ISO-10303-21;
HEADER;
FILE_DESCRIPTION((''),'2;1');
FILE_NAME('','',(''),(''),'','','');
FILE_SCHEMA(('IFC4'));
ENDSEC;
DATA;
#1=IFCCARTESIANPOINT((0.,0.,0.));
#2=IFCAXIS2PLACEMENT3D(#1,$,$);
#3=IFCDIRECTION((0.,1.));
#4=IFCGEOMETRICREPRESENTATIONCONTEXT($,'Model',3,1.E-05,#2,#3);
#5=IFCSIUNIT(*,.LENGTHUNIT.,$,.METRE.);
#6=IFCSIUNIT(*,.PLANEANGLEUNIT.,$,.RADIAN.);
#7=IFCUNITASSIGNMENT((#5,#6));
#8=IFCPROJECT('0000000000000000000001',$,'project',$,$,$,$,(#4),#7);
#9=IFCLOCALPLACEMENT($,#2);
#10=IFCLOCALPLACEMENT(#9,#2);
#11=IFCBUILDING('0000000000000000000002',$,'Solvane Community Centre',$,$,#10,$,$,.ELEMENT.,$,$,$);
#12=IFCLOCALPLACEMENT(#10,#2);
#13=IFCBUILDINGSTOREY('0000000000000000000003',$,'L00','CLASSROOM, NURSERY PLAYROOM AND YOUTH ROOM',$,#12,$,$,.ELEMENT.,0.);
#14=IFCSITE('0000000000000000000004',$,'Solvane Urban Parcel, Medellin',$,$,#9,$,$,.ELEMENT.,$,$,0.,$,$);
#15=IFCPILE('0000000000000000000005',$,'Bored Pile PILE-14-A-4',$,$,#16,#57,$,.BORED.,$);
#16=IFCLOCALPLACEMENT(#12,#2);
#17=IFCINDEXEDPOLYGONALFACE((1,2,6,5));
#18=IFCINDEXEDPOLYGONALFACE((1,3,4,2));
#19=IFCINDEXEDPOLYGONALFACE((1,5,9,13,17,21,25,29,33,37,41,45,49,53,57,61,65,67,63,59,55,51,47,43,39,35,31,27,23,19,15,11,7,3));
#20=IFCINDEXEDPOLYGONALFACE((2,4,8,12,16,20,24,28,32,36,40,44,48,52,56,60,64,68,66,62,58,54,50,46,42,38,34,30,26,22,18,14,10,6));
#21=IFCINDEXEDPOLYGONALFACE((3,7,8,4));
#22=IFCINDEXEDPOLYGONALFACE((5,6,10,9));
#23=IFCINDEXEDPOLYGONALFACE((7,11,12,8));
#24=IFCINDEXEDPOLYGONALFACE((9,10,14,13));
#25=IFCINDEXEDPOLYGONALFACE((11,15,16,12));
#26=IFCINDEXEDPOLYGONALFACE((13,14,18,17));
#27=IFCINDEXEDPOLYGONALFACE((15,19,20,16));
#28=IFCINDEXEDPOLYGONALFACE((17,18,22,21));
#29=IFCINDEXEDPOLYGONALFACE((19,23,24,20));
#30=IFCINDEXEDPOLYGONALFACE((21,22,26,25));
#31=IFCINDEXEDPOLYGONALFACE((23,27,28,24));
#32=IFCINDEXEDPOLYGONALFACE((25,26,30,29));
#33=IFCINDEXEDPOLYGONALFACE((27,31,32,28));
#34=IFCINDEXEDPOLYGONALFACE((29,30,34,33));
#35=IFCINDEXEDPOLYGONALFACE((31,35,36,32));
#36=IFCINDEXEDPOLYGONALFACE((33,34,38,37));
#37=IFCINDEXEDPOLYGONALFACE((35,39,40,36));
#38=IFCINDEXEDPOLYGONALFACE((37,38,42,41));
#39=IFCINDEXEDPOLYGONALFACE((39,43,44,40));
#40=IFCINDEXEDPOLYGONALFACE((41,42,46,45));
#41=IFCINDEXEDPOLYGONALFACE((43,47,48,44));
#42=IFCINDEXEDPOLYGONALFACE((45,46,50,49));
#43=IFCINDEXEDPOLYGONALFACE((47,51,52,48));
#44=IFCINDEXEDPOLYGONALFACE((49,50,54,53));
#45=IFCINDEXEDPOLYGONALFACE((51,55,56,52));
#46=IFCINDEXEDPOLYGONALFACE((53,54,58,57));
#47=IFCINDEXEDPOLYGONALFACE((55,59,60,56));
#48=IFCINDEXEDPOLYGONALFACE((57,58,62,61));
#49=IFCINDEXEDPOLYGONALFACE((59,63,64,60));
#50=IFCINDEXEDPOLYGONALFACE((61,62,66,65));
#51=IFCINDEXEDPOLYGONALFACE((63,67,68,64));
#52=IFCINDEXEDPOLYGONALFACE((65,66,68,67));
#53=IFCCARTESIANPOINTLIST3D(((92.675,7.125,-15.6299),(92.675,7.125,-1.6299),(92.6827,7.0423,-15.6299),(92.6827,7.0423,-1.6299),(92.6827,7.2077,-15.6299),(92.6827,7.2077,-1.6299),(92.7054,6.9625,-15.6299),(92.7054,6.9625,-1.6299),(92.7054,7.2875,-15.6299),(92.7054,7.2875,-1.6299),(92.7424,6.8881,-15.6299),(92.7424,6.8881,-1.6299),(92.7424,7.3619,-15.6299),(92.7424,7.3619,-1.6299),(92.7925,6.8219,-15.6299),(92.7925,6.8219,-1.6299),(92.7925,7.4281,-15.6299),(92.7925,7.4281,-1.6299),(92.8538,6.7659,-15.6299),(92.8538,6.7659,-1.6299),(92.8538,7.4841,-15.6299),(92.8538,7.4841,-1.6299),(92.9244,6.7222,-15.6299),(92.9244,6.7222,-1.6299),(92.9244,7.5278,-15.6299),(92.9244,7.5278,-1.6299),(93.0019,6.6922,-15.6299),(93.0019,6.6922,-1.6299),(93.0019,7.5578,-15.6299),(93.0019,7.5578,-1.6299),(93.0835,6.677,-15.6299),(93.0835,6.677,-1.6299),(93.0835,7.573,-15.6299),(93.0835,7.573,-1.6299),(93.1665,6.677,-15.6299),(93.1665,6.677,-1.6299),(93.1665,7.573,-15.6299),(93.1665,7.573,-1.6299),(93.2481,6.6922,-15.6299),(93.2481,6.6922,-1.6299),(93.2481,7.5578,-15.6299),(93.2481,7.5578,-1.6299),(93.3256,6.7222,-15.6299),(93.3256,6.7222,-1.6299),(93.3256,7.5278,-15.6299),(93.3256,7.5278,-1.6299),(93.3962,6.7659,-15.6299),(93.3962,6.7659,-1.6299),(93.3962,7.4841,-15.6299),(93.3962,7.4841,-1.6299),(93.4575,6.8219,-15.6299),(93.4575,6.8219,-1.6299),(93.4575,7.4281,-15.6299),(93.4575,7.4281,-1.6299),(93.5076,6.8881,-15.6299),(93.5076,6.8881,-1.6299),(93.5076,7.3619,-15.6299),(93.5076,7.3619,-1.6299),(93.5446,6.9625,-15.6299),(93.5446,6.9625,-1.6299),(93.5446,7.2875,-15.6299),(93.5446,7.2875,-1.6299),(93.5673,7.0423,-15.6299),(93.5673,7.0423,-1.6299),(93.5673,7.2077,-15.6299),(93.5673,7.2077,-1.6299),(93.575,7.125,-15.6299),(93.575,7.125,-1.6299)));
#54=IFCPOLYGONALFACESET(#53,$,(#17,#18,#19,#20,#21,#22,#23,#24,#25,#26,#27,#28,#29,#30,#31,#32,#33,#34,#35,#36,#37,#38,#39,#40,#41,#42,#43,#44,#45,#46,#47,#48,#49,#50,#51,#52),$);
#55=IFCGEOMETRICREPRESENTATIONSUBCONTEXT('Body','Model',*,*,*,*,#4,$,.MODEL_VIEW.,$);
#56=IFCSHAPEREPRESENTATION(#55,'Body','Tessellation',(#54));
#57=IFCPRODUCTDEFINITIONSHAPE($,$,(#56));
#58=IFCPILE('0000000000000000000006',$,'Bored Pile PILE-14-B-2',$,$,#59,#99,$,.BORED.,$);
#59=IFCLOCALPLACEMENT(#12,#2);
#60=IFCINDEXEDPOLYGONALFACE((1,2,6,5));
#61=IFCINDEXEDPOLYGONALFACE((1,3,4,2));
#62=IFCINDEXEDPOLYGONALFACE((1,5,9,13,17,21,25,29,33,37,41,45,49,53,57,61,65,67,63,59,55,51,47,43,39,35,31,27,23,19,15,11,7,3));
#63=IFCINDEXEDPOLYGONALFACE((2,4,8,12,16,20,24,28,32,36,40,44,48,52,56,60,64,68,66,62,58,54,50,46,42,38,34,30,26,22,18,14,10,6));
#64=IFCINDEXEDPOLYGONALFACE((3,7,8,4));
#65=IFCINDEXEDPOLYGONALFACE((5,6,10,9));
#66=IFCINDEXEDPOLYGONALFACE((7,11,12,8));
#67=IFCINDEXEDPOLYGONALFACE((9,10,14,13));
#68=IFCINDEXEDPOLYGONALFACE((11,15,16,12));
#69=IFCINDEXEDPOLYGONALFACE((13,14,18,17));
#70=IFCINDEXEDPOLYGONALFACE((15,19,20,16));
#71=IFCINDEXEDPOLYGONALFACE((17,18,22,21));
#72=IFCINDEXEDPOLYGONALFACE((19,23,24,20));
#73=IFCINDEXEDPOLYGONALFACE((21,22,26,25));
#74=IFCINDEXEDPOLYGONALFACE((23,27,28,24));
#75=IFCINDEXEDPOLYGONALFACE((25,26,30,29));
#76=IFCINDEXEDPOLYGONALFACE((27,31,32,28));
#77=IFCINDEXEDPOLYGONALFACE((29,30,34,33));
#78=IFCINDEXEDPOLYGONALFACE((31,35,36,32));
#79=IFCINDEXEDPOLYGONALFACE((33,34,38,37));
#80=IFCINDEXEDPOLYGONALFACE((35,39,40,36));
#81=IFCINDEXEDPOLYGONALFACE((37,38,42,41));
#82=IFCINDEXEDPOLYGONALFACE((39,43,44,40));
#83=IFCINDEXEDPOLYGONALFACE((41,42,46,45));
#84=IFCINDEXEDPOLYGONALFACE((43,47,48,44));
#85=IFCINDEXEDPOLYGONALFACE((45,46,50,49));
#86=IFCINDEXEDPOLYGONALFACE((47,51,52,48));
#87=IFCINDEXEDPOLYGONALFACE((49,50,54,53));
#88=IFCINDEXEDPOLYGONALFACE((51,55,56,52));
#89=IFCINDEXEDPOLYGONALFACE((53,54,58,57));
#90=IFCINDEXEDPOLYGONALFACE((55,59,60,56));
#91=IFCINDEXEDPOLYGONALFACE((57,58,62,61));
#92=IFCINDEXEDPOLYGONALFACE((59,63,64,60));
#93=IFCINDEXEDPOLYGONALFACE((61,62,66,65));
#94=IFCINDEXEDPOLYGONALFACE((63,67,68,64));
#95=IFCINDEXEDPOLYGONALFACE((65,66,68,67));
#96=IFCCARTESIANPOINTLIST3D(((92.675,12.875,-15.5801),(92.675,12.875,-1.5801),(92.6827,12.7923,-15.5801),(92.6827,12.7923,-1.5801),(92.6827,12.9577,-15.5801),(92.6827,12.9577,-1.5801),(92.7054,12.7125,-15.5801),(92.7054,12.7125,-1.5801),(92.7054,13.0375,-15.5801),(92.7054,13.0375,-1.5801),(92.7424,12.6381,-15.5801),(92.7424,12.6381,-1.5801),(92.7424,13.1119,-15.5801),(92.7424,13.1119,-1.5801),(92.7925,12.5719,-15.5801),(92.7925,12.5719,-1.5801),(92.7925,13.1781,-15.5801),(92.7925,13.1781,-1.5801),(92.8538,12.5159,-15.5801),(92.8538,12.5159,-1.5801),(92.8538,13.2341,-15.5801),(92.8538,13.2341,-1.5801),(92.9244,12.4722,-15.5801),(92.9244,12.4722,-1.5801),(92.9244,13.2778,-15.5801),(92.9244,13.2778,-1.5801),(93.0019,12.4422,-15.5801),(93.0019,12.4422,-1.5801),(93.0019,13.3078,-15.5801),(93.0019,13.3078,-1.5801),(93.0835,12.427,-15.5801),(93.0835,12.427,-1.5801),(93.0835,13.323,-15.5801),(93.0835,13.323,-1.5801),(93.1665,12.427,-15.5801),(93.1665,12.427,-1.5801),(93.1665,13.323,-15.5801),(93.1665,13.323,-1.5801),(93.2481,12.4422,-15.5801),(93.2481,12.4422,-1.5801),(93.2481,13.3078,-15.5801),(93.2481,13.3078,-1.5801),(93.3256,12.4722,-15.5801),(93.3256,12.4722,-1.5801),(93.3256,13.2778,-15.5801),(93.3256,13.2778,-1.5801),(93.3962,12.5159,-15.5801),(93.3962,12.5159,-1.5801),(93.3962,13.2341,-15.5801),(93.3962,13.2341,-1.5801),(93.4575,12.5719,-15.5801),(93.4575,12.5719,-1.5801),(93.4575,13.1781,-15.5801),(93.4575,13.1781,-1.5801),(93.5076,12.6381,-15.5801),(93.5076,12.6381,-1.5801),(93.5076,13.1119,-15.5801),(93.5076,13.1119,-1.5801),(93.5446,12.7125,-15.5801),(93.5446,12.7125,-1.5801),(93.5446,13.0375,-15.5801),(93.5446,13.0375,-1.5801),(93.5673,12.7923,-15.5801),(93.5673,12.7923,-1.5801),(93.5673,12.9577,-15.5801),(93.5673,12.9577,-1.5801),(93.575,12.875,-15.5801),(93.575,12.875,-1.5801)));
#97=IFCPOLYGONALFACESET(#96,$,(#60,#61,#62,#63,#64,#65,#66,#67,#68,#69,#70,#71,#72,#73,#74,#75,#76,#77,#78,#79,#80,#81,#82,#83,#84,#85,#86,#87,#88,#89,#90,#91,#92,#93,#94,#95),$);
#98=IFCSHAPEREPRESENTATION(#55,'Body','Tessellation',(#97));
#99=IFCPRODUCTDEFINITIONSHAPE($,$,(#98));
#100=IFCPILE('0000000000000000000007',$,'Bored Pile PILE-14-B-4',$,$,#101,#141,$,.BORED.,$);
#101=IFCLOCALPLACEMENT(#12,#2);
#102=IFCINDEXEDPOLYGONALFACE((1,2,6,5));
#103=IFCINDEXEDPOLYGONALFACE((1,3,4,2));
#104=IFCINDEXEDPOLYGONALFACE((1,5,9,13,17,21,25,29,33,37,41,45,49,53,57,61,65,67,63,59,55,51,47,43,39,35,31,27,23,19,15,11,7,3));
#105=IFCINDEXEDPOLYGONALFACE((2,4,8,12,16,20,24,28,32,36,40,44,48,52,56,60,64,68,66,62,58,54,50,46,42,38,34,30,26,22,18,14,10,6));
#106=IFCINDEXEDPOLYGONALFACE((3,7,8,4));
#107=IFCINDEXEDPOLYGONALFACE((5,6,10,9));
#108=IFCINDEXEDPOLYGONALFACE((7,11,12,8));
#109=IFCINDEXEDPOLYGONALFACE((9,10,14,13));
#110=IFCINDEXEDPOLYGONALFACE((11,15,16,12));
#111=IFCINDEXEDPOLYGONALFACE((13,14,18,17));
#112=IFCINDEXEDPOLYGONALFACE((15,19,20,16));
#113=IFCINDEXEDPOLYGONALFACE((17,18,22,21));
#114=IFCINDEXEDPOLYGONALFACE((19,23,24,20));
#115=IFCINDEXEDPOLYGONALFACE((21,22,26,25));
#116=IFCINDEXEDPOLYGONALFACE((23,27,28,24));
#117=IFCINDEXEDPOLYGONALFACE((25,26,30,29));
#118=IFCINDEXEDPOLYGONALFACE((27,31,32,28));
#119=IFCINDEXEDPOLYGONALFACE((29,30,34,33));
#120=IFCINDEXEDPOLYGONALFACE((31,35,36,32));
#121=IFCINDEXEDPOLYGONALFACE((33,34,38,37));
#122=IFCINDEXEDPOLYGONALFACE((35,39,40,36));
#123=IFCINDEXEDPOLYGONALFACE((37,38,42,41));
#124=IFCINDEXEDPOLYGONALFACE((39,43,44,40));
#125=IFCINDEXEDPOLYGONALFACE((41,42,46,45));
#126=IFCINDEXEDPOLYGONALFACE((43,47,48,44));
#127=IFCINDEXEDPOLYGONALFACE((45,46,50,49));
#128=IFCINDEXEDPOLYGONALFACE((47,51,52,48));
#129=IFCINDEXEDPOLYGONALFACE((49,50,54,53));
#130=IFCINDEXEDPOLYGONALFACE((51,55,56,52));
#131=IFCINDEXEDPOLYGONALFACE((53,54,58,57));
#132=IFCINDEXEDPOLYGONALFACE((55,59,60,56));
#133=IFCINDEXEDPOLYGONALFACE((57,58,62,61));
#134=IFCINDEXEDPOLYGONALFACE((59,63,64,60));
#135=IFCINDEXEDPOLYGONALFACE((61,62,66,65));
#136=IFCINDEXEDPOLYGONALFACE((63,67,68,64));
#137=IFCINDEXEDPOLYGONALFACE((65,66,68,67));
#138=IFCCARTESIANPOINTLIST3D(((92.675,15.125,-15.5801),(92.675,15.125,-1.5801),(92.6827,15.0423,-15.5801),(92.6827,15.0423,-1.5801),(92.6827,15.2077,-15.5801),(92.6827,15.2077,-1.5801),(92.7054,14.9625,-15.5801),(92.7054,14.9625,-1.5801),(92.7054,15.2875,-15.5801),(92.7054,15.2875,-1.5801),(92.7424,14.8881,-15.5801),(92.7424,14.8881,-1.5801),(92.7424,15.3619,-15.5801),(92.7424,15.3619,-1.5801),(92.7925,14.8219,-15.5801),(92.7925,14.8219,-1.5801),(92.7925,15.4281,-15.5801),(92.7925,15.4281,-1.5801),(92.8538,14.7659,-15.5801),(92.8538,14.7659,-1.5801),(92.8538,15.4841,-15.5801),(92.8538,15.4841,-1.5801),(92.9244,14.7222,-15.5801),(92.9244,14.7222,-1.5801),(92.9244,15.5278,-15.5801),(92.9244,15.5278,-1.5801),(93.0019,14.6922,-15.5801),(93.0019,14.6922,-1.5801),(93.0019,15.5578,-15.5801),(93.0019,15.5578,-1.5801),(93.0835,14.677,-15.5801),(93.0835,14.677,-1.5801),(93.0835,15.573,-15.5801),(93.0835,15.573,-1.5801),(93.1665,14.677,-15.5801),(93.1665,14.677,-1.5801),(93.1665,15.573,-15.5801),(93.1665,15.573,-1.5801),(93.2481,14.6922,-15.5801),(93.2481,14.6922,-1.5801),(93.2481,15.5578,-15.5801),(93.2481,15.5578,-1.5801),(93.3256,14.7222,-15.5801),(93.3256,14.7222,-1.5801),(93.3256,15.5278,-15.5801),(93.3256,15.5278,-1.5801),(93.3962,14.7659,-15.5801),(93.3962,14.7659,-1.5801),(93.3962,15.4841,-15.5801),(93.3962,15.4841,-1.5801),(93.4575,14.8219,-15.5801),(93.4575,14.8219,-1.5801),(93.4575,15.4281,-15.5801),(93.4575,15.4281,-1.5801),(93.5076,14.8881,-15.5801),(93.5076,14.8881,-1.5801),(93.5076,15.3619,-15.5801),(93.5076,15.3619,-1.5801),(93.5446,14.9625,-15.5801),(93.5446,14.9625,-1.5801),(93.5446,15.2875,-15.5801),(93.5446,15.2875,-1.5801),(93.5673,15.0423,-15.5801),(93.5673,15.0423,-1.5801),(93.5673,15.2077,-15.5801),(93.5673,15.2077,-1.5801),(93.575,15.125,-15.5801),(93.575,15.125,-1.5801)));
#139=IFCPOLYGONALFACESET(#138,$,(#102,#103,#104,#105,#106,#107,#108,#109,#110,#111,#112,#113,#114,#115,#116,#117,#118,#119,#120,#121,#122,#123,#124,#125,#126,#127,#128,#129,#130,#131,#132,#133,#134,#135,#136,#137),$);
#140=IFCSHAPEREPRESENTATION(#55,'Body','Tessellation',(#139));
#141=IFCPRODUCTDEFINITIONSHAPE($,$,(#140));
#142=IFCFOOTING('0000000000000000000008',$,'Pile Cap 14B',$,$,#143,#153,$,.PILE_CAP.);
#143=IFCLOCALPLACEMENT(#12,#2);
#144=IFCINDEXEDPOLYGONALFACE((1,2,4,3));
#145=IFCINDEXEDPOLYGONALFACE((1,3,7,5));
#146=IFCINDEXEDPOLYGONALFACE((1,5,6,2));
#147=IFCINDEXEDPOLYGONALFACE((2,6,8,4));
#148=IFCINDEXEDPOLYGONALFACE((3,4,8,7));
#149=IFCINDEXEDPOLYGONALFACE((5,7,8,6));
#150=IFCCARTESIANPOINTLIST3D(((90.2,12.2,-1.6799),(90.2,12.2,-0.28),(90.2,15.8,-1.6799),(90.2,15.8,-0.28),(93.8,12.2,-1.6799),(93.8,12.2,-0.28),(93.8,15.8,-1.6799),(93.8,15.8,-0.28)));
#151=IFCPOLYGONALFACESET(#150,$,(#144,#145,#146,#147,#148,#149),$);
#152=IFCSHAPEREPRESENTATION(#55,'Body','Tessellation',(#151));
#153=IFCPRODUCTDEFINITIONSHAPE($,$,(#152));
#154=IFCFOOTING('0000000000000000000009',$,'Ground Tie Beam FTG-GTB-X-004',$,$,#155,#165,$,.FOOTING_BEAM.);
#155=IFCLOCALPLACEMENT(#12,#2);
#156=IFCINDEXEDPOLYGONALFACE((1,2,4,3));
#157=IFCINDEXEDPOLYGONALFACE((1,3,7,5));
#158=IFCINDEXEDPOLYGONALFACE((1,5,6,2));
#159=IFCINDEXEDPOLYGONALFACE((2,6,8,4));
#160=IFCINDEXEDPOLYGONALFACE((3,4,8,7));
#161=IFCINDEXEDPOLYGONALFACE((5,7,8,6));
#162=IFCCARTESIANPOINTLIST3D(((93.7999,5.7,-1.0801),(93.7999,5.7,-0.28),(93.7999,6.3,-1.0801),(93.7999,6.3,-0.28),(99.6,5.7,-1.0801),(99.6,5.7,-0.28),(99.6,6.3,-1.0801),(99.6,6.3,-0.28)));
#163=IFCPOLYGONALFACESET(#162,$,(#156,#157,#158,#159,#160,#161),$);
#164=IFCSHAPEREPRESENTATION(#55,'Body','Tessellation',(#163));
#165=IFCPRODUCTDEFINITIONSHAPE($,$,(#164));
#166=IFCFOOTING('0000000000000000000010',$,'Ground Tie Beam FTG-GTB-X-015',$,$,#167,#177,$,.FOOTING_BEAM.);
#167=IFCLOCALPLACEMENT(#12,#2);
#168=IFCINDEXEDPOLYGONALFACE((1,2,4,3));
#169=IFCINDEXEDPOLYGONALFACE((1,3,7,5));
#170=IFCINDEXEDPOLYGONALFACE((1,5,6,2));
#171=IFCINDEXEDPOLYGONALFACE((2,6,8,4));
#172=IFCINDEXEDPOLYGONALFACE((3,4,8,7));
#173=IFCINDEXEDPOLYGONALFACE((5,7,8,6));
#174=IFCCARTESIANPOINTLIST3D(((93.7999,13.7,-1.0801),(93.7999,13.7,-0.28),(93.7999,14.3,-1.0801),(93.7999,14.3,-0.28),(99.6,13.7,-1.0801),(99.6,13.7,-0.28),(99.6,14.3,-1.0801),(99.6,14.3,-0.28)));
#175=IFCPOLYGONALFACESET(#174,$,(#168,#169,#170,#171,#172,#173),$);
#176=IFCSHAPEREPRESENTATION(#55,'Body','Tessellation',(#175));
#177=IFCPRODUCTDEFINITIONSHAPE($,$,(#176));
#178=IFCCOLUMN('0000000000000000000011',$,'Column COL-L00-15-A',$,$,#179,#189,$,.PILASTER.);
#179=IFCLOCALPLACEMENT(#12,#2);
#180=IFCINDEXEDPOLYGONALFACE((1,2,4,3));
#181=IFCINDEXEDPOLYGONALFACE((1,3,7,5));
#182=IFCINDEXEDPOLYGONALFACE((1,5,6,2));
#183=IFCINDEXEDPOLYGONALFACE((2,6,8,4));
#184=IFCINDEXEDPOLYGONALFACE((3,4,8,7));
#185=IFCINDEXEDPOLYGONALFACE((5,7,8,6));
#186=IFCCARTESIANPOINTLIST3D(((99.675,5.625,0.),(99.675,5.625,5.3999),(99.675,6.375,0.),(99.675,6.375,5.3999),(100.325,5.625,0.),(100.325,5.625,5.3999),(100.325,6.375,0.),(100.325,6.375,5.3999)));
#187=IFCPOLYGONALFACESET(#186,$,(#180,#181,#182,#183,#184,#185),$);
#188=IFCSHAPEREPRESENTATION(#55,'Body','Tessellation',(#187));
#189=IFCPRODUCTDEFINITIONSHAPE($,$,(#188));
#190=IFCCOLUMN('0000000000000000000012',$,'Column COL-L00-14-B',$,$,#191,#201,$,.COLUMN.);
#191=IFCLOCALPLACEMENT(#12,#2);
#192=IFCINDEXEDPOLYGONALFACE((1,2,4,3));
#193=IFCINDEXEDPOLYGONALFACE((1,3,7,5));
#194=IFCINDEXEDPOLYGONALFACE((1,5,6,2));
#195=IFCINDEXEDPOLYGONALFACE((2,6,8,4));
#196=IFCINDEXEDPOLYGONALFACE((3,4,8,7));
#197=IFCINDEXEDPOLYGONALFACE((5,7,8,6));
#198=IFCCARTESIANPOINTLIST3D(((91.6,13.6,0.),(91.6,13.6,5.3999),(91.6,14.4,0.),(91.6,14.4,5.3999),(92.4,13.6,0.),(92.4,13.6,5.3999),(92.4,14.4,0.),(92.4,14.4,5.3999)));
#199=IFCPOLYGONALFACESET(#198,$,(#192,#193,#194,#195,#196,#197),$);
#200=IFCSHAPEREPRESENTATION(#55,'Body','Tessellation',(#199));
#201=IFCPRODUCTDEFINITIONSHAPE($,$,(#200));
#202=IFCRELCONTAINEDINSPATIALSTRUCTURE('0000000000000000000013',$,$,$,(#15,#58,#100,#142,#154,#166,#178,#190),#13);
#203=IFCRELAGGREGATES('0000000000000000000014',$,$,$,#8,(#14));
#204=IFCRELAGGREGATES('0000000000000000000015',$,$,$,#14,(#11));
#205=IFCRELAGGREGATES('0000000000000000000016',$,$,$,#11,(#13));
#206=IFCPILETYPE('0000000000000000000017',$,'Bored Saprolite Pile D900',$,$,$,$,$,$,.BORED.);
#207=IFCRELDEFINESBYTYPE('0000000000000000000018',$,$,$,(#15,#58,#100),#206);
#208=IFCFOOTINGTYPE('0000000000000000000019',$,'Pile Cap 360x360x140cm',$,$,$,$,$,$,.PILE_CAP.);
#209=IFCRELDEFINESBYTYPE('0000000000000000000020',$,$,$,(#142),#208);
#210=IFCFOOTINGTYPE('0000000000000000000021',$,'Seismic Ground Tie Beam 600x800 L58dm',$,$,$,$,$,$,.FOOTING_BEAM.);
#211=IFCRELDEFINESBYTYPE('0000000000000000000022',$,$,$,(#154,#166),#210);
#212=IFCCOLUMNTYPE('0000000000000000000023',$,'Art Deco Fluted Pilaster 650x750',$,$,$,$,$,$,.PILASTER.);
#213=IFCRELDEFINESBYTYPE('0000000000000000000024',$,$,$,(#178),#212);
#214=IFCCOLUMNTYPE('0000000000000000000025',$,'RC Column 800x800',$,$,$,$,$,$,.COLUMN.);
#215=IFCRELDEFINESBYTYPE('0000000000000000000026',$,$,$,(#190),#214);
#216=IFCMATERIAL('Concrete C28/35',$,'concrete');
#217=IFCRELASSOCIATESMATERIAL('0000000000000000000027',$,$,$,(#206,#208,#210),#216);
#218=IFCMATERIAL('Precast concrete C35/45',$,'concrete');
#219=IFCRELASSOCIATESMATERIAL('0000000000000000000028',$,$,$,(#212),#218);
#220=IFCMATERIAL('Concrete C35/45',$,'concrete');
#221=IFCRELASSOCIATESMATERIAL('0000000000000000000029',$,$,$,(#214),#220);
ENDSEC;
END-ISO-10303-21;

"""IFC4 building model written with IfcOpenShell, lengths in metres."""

from ifc_helpers import new_model, si_unit, direction, frame, origin, origin_2d, place, context, subcontext, project, spatial, rectangle, circle, extrude, material, material_profile, profile_set, type_object, element, save


model = new_model("IFC4")

# Units and contexts
model_context = context("Model", 3, precision=1e-05, world=origin(), true_north=direction((0.0, 1.0)))
body_context = subcontext(model_context, "Body", "Model", "MODEL_VIEW")
ifc_project = project(units=[si_unit("LENGTHUNIT", "METRE"), si_unit("PLANEANGLEUNIT", "RADIAN")], contexts=[model_context])

# Site, building, storey
site_placement = place(None, origin())
site = spatial("IfcSite", under=ifc_project, at=site_placement, Name="Solvane Urban Parcel, Medellin", CompositionType="ELEMENT", RefElevation=0.0)
building_placement = place(site_placement, origin())
building = spatial("IfcBuilding", under=site, at=building_placement, Name="Solvane Community Centre", CompositionType="ELEMENT")
storey_placement = place(building_placement, origin())
storey = spatial("IfcBuildingStorey", under=building, at=storey_placement, Name="L00", Description="CLASSROOM, NURSERY PLAYROOM AND YOUTH ROOM", CompositionType="ELEMENT", Elevation=0.0)

# Piles
ifc_material_1 = material(Name="Concrete C28/35", Category="concrete")
ifc_material_profile_1 = material_profile(ifc_material_1, circle(Radius=0.45, at=origin_2d()), Name="PILE D900")
ifc_profile_set_1 = profile_set([ifc_material_profile_1], Name="Concrete C28/35")
pile_type_1 = type_object("IfcPileType", Name="Bored Saprolite Pile D900", PredefinedType="BORED", material=ifc_profile_set_1)
for number, where, z_axis, x_axis, name in (
    (1, (93.125, 7.125, -1.6299), (0.0, 0.0, -1.0), (1.0, 0.0, 0.0), "Bored Pile PILE-14-A-4"),
    (2, (93.125, 12.875, -1.5801), (0.0, 0.0, -1.0), (1.0, 0.0, 0.0), "Bored Pile PILE-14-B-2"),
    (3, (93.125, 15.125, -1.5801), (0.0, 0.0, -1.0), (1.0, 0.0, 0.0), "Bored Pile PILE-14-B-4"),
):
    element("IfcPile", number, at=place(storey_placement, frame(where, z_axis=z_axis, x_axis=x_axis)), inside=storey, type_object=pile_type_1, Name=name, PredefinedType="BORED", context=body_context, shape_type="SweptSolid", body=[
        extrude(circle(Radius=0.45, at=origin_2d()), origin(), (0.0, 0.0, 1.0), 14.0),
    ])

# Footings
footing_type_1 = type_object("IfcFootingType", Name="Pile Cap 360x360x140cm", PredefinedType="PILE_CAP", material=ifc_material_1)
footing_placement = place(storey_placement, frame((92.0, 14.0, -1.6799), z_axis=(0.0, 0.0, 1.0), x_axis=(1.0, 0.0, 0.0)))
element("IfcFooting", 4, at=footing_placement, inside=storey, type_object=footing_type_1, Name="Pile Cap 14B", PredefinedType="PILE_CAP", context=body_context, shape_type="SweptSolid", body=[
    extrude(rectangle(XDim=3.6001, YDim=3.6001, at=origin_2d()), origin(), (0.0, 0.0, 1.0), 1.3999),
])
footing_type_2 = type_object("IfcFootingType", Name="Seismic Ground Tie Beam 600x800 L58dm", PredefinedType="FOOTING_BEAM", material=ifc_material_1)
for number, where, z_axis, x_axis, name in (
    (5, (96.7, 6.0, -1.0801), (0.0, 0.0, 1.0), (1.0, 0.0, 0.0), "Ground Tie Beam FTG-GTB-X-004"),
    (6, (96.7, 14.0, -1.0801), (0.0, 0.0, 1.0), (1.0, 0.0, 0.0), "Ground Tie Beam FTG-GTB-X-015"),
):
    element("IfcFooting", number, at=place(storey_placement, frame(where, z_axis=z_axis, x_axis=x_axis)), inside=storey, type_object=footing_type_2, Name=name, PredefinedType="FOOTING_BEAM", context=body_context, shape_type="SweptSolid", body=[
        extrude(rectangle(XDim=5.8, YDim=0.6001, at=origin_2d()), origin(), (0.0, 0.0, 1.0), 0.8),
    ])

# Columns
ifc_material_2 = material(Name="Precast concrete C35/45", Category="concrete")
ifc_material_profile_2 = material_profile(ifc_material_2, rectangle(XDim=0.6499, YDim=0.75, at=origin_2d()), Name="RC 650x750")
ifc_profile_set_2 = profile_set([ifc_material_profile_2], Name="Precast concrete C35/45")
column_type_1 = type_object("IfcColumnType", Name="Art Deco Fluted Pilaster 650x750", PredefinedType="PILASTER", material=ifc_profile_set_2)
column_placement = place(storey_placement, frame((100.0, 6.0, 0.0), z_axis=(0.0, 0.0, 1.0), x_axis=(1.0, 0.0, 0.0)))
element("IfcColumn", 7, at=column_placement, inside=storey, type_object=column_type_1, Name="Column COL-L00-15-A", PredefinedType="PILASTER", context=body_context, shape_type="SweptSolid", body=[
    extrude(rectangle(XDim=0.6499, YDim=0.75, at=origin_2d()), origin(), (0.0, 0.0, 1.0), 5.3999),
])
ifc_material_3 = material(Name="Concrete C35/45", Category="concrete")
ifc_material_profile_3 = material_profile(ifc_material_3, rectangle(XDim=0.8, YDim=0.8, at=origin_2d()), Name="RC 800x800")
ifc_profile_set_3 = profile_set([ifc_material_profile_3], Name="Concrete C35/45")
column_type_2 = type_object("IfcColumnType", Name="RC Column 800x800", PredefinedType="COLUMN", material=ifc_profile_set_3)
for number, where, z_axis, x_axis, name in (
    (8, (92.0, 14.0, 0.0), (0.0, 0.0, 1.0), (1.0, 0.0, 0.0), "Column COL-L00-14-B"),
):
    element("IfcColumn", number, at=place(storey_placement, frame(where, z_axis=z_axis, x_axis=x_axis)), inside=storey, type_object=column_type_2, Name=name, PredefinedType="COLUMN", context=body_context, shape_type="SweptSolid", body=[
        extrude(rectangle(XDim=0.8, YDim=0.8, at=origin_2d()), origin(), (0.0, 0.0, 1.0), 5.3999),
    ])

save(model, "model.ifc")
